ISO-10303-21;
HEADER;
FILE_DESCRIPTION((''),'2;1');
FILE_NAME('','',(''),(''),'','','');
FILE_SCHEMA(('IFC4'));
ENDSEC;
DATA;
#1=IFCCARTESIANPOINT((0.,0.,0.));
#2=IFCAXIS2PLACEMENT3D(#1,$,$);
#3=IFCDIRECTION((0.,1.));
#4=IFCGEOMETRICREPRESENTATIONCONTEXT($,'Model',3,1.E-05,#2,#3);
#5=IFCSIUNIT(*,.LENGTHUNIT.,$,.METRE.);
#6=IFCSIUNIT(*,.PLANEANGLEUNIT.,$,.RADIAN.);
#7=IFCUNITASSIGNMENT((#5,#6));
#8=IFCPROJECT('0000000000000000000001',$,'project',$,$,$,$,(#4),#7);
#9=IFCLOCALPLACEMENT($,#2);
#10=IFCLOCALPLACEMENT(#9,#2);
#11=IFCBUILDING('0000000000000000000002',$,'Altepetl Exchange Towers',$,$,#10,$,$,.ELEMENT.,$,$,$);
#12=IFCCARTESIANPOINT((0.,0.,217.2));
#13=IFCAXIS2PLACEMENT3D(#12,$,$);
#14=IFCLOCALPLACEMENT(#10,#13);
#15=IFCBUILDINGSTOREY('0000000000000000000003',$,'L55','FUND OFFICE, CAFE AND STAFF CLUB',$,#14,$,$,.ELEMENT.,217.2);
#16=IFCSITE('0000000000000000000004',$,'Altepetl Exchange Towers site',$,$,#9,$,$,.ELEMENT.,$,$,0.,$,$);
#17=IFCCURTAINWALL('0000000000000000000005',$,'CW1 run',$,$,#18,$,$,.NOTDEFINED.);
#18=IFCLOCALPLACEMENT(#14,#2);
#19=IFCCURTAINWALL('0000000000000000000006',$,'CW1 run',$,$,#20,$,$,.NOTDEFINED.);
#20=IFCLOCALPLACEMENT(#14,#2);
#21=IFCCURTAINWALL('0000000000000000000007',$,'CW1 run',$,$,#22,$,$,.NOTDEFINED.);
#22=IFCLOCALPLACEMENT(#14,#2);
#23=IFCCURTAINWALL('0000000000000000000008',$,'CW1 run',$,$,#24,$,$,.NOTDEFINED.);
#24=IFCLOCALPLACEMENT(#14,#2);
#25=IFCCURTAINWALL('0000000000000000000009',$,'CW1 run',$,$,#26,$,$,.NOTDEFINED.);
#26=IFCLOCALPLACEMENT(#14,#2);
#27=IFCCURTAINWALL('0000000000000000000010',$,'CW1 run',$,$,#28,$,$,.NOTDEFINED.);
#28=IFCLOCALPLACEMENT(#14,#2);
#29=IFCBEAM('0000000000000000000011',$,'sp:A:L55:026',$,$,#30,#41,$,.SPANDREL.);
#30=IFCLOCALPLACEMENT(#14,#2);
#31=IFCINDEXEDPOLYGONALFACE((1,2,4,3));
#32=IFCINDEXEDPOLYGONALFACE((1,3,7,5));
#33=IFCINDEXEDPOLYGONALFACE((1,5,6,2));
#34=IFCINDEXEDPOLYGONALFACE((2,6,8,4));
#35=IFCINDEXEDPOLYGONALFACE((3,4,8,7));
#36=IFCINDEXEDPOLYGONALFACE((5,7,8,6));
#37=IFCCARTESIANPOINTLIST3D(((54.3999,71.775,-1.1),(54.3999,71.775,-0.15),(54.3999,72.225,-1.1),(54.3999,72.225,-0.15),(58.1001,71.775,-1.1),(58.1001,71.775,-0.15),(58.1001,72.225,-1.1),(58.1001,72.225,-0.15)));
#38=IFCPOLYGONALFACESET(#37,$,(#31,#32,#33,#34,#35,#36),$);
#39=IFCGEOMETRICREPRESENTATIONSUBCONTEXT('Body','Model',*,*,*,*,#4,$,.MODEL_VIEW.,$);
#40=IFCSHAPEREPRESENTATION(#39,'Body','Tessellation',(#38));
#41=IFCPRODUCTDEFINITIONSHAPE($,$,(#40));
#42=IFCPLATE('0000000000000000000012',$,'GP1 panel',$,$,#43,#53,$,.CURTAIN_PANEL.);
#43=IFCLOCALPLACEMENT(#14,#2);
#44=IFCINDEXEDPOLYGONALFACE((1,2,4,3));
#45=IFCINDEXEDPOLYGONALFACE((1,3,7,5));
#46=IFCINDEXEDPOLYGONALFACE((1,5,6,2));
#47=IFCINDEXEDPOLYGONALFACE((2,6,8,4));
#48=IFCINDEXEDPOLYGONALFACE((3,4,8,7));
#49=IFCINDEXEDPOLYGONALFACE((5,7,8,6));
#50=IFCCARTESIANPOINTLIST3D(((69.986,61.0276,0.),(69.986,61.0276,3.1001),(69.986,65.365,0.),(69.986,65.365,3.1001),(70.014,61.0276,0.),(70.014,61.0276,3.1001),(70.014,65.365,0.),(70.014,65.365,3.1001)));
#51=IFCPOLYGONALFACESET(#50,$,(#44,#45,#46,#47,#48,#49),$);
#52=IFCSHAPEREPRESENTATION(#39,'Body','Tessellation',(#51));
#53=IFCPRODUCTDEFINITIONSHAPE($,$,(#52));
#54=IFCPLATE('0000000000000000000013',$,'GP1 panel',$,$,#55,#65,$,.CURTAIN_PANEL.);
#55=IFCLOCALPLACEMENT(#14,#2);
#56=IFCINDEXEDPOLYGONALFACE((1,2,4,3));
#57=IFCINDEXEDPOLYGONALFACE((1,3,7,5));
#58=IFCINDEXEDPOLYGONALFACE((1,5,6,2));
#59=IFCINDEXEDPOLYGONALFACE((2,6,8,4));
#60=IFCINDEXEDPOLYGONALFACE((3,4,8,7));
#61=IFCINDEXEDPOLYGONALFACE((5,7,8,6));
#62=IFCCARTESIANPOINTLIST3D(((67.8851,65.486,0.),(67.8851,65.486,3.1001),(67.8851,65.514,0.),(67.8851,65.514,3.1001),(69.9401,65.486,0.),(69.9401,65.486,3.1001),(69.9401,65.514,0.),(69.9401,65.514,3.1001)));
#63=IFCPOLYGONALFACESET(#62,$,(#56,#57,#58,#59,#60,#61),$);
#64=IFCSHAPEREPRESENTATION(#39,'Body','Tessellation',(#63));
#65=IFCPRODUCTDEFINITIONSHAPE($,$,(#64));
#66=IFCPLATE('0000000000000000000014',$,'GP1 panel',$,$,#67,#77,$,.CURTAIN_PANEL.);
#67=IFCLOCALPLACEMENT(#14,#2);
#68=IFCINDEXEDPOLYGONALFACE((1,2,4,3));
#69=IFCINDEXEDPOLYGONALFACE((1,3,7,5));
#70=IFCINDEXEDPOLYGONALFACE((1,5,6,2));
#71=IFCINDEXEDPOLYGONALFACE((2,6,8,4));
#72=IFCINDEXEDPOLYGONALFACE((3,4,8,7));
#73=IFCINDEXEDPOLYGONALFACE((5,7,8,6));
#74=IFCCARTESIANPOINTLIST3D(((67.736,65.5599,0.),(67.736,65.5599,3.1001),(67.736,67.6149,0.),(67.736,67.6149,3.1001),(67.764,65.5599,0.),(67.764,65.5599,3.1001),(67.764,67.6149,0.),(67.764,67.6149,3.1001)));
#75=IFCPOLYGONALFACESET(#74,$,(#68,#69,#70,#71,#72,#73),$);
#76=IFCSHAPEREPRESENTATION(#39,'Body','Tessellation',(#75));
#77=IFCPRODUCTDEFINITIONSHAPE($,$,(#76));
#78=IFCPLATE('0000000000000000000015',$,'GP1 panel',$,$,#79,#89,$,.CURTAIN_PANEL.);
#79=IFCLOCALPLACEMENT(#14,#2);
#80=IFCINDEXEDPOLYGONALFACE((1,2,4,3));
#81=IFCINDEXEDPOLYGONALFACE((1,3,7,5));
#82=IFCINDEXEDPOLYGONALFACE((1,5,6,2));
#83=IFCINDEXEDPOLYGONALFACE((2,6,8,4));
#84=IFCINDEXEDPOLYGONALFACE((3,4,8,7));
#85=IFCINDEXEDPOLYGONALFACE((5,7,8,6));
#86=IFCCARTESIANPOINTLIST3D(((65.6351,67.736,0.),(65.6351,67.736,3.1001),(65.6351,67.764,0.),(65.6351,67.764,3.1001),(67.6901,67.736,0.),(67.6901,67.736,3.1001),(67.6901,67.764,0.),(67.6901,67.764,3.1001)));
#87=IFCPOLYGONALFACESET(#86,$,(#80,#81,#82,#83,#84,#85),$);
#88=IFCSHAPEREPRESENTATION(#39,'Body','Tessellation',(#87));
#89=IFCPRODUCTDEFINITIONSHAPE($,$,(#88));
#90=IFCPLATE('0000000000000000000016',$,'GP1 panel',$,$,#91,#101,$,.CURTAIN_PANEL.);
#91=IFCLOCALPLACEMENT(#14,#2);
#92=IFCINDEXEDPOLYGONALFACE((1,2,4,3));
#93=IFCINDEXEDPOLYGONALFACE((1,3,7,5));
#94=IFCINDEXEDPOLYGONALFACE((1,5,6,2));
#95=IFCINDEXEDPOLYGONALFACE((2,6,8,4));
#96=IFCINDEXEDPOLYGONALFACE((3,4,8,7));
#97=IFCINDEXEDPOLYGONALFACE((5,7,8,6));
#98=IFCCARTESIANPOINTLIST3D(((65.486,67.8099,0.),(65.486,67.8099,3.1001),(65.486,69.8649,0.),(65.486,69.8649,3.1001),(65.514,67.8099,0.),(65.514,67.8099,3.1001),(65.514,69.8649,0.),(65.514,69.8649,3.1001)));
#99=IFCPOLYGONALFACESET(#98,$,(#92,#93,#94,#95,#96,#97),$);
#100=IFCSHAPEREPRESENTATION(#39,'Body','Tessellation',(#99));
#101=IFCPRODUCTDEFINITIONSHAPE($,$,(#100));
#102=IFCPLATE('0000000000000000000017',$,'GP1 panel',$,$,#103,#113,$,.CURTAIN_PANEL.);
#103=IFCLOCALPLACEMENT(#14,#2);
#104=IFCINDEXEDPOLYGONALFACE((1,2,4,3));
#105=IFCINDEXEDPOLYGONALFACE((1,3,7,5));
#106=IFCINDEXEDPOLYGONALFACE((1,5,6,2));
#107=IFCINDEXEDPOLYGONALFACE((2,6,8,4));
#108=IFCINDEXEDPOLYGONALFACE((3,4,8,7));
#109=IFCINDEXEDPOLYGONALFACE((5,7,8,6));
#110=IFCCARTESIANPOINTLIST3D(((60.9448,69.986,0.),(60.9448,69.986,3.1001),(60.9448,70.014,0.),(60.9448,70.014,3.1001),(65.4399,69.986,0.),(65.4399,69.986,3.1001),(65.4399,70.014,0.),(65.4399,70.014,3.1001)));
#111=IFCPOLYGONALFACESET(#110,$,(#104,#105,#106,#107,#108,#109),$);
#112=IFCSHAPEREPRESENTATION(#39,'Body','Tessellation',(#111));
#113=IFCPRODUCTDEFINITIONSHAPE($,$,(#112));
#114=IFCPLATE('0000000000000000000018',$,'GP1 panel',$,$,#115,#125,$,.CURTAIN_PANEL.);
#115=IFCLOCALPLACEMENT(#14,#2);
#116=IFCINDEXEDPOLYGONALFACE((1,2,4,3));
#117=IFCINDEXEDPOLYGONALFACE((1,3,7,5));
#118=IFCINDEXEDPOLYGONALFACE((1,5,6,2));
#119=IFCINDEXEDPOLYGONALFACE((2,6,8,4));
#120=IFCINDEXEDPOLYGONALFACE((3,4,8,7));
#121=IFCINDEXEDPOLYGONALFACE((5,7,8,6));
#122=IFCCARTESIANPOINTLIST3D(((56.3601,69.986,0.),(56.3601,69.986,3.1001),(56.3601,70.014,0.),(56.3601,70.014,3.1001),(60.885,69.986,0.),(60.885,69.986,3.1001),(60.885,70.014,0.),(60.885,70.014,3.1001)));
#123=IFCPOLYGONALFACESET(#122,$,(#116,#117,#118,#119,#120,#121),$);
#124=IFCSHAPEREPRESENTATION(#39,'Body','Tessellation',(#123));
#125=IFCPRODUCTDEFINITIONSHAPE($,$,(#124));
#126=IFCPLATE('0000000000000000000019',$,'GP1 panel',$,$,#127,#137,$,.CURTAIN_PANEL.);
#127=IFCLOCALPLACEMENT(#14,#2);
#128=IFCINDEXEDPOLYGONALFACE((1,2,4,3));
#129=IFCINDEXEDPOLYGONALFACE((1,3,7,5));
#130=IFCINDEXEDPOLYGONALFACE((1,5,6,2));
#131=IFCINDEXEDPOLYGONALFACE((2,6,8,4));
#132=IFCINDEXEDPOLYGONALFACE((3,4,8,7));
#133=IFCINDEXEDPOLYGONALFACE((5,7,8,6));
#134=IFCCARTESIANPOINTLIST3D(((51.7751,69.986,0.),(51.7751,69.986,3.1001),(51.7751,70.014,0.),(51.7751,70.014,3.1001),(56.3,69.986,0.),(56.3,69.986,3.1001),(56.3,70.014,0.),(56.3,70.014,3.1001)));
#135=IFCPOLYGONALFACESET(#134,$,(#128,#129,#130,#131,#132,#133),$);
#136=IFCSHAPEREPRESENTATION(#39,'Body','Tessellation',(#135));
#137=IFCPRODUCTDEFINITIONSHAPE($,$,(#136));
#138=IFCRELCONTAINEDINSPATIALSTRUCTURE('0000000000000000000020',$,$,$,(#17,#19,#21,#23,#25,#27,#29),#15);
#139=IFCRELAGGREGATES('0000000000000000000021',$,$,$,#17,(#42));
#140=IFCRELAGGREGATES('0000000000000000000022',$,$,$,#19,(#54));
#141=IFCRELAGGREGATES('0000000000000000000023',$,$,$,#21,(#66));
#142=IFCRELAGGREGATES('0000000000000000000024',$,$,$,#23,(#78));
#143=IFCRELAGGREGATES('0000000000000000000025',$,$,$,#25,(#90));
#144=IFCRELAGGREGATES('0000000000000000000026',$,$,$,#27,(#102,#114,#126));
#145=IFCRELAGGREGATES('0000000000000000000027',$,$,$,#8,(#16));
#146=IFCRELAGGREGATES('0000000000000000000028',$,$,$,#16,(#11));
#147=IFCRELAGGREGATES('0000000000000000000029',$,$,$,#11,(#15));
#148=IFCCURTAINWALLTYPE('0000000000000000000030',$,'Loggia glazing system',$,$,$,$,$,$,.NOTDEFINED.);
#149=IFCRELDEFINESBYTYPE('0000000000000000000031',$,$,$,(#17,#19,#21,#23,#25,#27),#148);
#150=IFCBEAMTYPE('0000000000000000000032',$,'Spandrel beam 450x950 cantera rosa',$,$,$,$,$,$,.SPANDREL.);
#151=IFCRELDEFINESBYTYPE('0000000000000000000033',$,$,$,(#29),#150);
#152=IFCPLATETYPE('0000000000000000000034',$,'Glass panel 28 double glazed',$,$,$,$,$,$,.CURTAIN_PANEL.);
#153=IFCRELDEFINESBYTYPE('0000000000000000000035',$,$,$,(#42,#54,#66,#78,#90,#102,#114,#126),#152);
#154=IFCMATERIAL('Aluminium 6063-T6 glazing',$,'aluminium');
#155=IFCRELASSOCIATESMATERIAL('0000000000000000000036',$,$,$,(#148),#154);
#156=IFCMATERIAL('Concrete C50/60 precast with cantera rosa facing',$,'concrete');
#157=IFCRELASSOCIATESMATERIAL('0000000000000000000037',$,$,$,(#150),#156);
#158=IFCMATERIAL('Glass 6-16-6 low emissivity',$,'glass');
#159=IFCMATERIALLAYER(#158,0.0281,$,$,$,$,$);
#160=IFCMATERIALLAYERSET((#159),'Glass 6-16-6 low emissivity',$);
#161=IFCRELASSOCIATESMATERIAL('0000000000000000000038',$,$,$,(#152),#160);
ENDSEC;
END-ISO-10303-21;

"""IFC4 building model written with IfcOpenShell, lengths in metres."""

from ifc_helpers import new_model, si_unit, direction, frame, origin, origin_2d, place, context, subcontext, project, spatial, rectangle, extrude, material, layer, layer_set, material_profile, profile_set, type_object, element, aggregate, save


model = new_model("IFC4")

# Units and contexts
model_context = context("Model", 3, precision=1e-05, world=origin(), true_north=direction((0.0, 1.0)))
body_context = subcontext(model_context, "Body", "Model", "MODEL_VIEW")
ifc_project = project(units=[si_unit("LENGTHUNIT", "METRE"), si_unit("PLANEANGLEUNIT", "RADIAN")], contexts=[model_context])

# Site, building, storey
site_placement = place(None, origin())
site = spatial("IfcSite", under=ifc_project, at=site_placement, Name="Altepetl Exchange Towers site", CompositionType="ELEMENT", RefElevation=0.0)
building_placement = place(site_placement, origin())
building = spatial("IfcBuilding", under=site, at=building_placement, Name="Altepetl Exchange Towers", CompositionType="ELEMENT")
storey_placement = place(building_placement, frame((0.0, 0.0, 217.2)))
storey = spatial("IfcBuildingStorey", under=building, at=storey_placement, Name="L55", Description="FUND OFFICE, CAFE AND STAFF CLUB", CompositionType="ELEMENT", Elevation=217.2)

# Curtain walls
ifc_material_1 = material(Name="Aluminium 6063-T6 glazing", Category="aluminium")
curtain_wall_type = type_object("IfcCurtainWallType", Name="Loggia glazing system", PredefinedType="NOTDEFINED", material=ifc_material_1)
curtain_wall_1_placement = place(storey_placement, origin())
curtain_wall_1 = element("IfcCurtainWall", 1, at=curtain_wall_1_placement, inside=storey, type_object=curtain_wall_type, Name="CW1 run", PredefinedType="NOTDEFINED")
curtain_wall_2_placement = place(storey_placement, origin())
curtain_wall_2 = element("IfcCurtainWall", 2, at=curtain_wall_2_placement, inside=storey, type_object=curtain_wall_type, Name="CW1 run", PredefinedType="NOTDEFINED")
curtain_wall_3_placement = place(storey_placement, origin())
curtain_wall_3 = element("IfcCurtainWall", 3, at=curtain_wall_3_placement, inside=storey, type_object=curtain_wall_type, Name="CW1 run", PredefinedType="NOTDEFINED")
curtain_wall_4_placement = place(storey_placement, origin())
curtain_wall_4 = element("IfcCurtainWall", 4, at=curtain_wall_4_placement, inside=storey, type_object=curtain_wall_type, Name="CW1 run", PredefinedType="NOTDEFINED")
curtain_wall_5_placement = place(storey_placement, origin())
curtain_wall_5 = element("IfcCurtainWall", 5, at=curtain_wall_5_placement, inside=storey, type_object=curtain_wall_type, Name="CW1 run", PredefinedType="NOTDEFINED")
curtain_wall_6_placement = place(storey_placement, origin())
curtain_wall_6 = element("IfcCurtainWall", 6, at=curtain_wall_6_placement, inside=storey, type_object=curtain_wall_type, Name="CW1 run", PredefinedType="NOTDEFINED")

# Beam
ifc_material_2 = material(Name="Concrete C50/60 precast with cantera rosa facing", Category="concrete")
ifc_material_profile_1 = material_profile(ifc_material_2, rectangle(XDim=0.45, YDim=0.95, at=origin_2d()), Name="450 x 950")
ifc_profile_set_1 = profile_set([ifc_material_profile_1], Name="Concrete C50/60 precast with cantera rosa facing")
beam_type = type_object("IfcBeamType", Name="Spandrel beam 450x950 cantera rosa", PredefinedType="SPANDREL", material=ifc_profile_set_1)
for number, where, z_axis, x_axis, name in (
    (7, (58.1001, 72.0, -0.625), (-1.0, 0.0, 0.0), (0.0, -1.0, 0.0), "sp:A:L55:026"),
):
    element("IfcBeam", number, at=place(storey_placement, frame(where, z_axis=z_axis, x_axis=x_axis)), inside=storey, type_object=beam_type, Name=name, PredefinedType="SPANDREL", context=body_context, shape_type="SweptSolid", body=[
        extrude(rectangle(XDim=0.45, YDim=0.95, at=origin_2d()), origin(), (0.0, 0.0, 1.0), 3.7002),
    ])

# Plates
ifc_material_3 = material(Name="Glass 6-16-6 low emissivity", Category="glass")
ifc_layer = layer(ifc_material_3, 0.0281)
ifc_layer_set = layer_set([ifc_layer], Name="Glass 6-16-6 low emissivity")
plate_type = type_object("IfcPlateType", Name="Glass panel 28 double glazed", PredefinedType="CURTAIN_PANEL", material=ifc_layer_set)
plate_1_placement = place(storey_placement, frame((70.0, 63.1963, 0.0), z_axis=(0.0, 0.0, 1.0), x_axis=(0.0, 1.0, 0.0)))
plate_1 = element("IfcPlate", 8, at=plate_1_placement, type_object=plate_type, Name="GP1 panel", PredefinedType="CURTAIN_PANEL", context=body_context, shape_type="SweptSolid", body=[
    extrude(rectangle(XDim=4.3374, YDim=0.0281, at=origin_2d()), origin(), (0.0, 0.0, 1.0), 3.1001),
])
aggregate(curtain_wall_1, [plate_1])
plate_2_placement = place(storey_placement, frame((68.9126, 65.5, 0.0), z_axis=(0.0, 0.0, 1.0), x_axis=(-1.0, 0.0, 0.0)))
plate_2 = element("IfcPlate", 9, at=plate_2_placement, type_object=plate_type, Name="GP1 panel", PredefinedType="CURTAIN_PANEL", context=body_context, shape_type="SweptSolid", body=[
    extrude(rectangle(XDim=2.0549, YDim=0.0281, at=origin_2d()), origin(), (0.0, 0.0, 1.0), 3.1001),
])
aggregate(curtain_wall_2, [plate_2])
plate_3_placement = place(storey_placement, frame((67.75, 66.5874, 0.0), z_axis=(0.0, 0.0, 1.0), x_axis=(0.0, 1.0, 0.0)))
plate_3 = element("IfcPlate", 10, at=plate_3_placement, type_object=plate_type, Name="GP1 panel", PredefinedType="CURTAIN_PANEL", context=body_context, shape_type="SweptSolid", body=[
    extrude(rectangle(XDim=2.0549, YDim=0.0281, at=origin_2d()), origin(), (0.0, 0.0, 1.0), 3.1001),
])
aggregate(curtain_wall_3, [plate_3])
plate_4_placement = place(storey_placement, frame((66.6626, 67.75, 0.0), z_axis=(0.0, 0.0, 1.0), x_axis=(-1.0, 0.0, 0.0)))
plate_4 = element("IfcPlate", 11, at=plate_4_placement, type_object=plate_type, Name="GP1 panel", PredefinedType="CURTAIN_PANEL", context=body_context, shape_type="SweptSolid", body=[
    extrude(rectangle(XDim=2.0549, YDim=0.0281, at=origin_2d()), origin(), (0.0, 0.0, 1.0), 3.1001),
])
aggregate(curtain_wall_4, [plate_4])
plate_5_placement = place(storey_placement, frame((65.5, 68.8374, 0.0), z_axis=(0.0, 0.0, 1.0), x_axis=(0.0, 1.0, 0.0)))
plate_5 = element("IfcPlate", 12, at=plate_5_placement, type_object=plate_type, Name="GP1 panel", PredefinedType="CURTAIN_PANEL", context=body_context, shape_type="SweptSolid", body=[
    extrude(rectangle(XDim=2.0549, YDim=0.0281, at=origin_2d()), origin(), (0.0, 0.0, 1.0), 3.1001),
])
aggregate(curtain_wall_5, [plate_5])
plate_6_placement = place(storey_placement, frame((63.1924, 70.0, 0.0), z_axis=(0.0, 0.0, 1.0), x_axis=(-1.0, 0.0, 0.0)))
plate_6 = element("IfcPlate", 13, at=plate_6_placement, type_object=plate_type, Name="GP1 panel", PredefinedType="CURTAIN_PANEL", context=body_context, shape_type="SweptSolid", body=[
    extrude(rectangle(XDim=4.4951, YDim=0.0281, at=origin_2d()), origin(), (0.0, 0.0, 1.0), 3.1001),
])
plate_7_placement = place(storey_placement, frame((58.6226, 70.0, 0.0), z_axis=(0.0, 0.0, 1.0), x_axis=(-1.0, 0.0, 0.0)))
plate_7 = element("IfcPlate", 14, at=plate_7_placement, type_object=plate_type, Name="GP1 panel", PredefinedType="CURTAIN_PANEL", context=body_context, shape_type="SweptSolid", body=[
    extrude(rectangle(XDim=4.5249, YDim=0.0281, at=origin_2d()), origin(), (0.0, 0.0, 1.0), 3.1001),
])
plate_8_placement = place(storey_placement, frame((54.0376, 70.0, 0.0), z_axis=(0.0, 0.0, 1.0), x_axis=(-1.0, 0.0, 0.0)))
plate_8 = element("IfcPlate", 15, at=plate_8_placement, type_object=plate_type, Name="GP1 panel", PredefinedType="CURTAIN_PANEL", context=body_context, shape_type="SweptSolid", body=[
    extrude(rectangle(XDim=4.5249, YDim=0.0281, at=origin_2d()), origin(), (0.0, 0.0, 1.0), 3.1001),
])
aggregate(curtain_wall_6, [plate_6, plate_7, plate_8])

save(model, "model.ifc")
